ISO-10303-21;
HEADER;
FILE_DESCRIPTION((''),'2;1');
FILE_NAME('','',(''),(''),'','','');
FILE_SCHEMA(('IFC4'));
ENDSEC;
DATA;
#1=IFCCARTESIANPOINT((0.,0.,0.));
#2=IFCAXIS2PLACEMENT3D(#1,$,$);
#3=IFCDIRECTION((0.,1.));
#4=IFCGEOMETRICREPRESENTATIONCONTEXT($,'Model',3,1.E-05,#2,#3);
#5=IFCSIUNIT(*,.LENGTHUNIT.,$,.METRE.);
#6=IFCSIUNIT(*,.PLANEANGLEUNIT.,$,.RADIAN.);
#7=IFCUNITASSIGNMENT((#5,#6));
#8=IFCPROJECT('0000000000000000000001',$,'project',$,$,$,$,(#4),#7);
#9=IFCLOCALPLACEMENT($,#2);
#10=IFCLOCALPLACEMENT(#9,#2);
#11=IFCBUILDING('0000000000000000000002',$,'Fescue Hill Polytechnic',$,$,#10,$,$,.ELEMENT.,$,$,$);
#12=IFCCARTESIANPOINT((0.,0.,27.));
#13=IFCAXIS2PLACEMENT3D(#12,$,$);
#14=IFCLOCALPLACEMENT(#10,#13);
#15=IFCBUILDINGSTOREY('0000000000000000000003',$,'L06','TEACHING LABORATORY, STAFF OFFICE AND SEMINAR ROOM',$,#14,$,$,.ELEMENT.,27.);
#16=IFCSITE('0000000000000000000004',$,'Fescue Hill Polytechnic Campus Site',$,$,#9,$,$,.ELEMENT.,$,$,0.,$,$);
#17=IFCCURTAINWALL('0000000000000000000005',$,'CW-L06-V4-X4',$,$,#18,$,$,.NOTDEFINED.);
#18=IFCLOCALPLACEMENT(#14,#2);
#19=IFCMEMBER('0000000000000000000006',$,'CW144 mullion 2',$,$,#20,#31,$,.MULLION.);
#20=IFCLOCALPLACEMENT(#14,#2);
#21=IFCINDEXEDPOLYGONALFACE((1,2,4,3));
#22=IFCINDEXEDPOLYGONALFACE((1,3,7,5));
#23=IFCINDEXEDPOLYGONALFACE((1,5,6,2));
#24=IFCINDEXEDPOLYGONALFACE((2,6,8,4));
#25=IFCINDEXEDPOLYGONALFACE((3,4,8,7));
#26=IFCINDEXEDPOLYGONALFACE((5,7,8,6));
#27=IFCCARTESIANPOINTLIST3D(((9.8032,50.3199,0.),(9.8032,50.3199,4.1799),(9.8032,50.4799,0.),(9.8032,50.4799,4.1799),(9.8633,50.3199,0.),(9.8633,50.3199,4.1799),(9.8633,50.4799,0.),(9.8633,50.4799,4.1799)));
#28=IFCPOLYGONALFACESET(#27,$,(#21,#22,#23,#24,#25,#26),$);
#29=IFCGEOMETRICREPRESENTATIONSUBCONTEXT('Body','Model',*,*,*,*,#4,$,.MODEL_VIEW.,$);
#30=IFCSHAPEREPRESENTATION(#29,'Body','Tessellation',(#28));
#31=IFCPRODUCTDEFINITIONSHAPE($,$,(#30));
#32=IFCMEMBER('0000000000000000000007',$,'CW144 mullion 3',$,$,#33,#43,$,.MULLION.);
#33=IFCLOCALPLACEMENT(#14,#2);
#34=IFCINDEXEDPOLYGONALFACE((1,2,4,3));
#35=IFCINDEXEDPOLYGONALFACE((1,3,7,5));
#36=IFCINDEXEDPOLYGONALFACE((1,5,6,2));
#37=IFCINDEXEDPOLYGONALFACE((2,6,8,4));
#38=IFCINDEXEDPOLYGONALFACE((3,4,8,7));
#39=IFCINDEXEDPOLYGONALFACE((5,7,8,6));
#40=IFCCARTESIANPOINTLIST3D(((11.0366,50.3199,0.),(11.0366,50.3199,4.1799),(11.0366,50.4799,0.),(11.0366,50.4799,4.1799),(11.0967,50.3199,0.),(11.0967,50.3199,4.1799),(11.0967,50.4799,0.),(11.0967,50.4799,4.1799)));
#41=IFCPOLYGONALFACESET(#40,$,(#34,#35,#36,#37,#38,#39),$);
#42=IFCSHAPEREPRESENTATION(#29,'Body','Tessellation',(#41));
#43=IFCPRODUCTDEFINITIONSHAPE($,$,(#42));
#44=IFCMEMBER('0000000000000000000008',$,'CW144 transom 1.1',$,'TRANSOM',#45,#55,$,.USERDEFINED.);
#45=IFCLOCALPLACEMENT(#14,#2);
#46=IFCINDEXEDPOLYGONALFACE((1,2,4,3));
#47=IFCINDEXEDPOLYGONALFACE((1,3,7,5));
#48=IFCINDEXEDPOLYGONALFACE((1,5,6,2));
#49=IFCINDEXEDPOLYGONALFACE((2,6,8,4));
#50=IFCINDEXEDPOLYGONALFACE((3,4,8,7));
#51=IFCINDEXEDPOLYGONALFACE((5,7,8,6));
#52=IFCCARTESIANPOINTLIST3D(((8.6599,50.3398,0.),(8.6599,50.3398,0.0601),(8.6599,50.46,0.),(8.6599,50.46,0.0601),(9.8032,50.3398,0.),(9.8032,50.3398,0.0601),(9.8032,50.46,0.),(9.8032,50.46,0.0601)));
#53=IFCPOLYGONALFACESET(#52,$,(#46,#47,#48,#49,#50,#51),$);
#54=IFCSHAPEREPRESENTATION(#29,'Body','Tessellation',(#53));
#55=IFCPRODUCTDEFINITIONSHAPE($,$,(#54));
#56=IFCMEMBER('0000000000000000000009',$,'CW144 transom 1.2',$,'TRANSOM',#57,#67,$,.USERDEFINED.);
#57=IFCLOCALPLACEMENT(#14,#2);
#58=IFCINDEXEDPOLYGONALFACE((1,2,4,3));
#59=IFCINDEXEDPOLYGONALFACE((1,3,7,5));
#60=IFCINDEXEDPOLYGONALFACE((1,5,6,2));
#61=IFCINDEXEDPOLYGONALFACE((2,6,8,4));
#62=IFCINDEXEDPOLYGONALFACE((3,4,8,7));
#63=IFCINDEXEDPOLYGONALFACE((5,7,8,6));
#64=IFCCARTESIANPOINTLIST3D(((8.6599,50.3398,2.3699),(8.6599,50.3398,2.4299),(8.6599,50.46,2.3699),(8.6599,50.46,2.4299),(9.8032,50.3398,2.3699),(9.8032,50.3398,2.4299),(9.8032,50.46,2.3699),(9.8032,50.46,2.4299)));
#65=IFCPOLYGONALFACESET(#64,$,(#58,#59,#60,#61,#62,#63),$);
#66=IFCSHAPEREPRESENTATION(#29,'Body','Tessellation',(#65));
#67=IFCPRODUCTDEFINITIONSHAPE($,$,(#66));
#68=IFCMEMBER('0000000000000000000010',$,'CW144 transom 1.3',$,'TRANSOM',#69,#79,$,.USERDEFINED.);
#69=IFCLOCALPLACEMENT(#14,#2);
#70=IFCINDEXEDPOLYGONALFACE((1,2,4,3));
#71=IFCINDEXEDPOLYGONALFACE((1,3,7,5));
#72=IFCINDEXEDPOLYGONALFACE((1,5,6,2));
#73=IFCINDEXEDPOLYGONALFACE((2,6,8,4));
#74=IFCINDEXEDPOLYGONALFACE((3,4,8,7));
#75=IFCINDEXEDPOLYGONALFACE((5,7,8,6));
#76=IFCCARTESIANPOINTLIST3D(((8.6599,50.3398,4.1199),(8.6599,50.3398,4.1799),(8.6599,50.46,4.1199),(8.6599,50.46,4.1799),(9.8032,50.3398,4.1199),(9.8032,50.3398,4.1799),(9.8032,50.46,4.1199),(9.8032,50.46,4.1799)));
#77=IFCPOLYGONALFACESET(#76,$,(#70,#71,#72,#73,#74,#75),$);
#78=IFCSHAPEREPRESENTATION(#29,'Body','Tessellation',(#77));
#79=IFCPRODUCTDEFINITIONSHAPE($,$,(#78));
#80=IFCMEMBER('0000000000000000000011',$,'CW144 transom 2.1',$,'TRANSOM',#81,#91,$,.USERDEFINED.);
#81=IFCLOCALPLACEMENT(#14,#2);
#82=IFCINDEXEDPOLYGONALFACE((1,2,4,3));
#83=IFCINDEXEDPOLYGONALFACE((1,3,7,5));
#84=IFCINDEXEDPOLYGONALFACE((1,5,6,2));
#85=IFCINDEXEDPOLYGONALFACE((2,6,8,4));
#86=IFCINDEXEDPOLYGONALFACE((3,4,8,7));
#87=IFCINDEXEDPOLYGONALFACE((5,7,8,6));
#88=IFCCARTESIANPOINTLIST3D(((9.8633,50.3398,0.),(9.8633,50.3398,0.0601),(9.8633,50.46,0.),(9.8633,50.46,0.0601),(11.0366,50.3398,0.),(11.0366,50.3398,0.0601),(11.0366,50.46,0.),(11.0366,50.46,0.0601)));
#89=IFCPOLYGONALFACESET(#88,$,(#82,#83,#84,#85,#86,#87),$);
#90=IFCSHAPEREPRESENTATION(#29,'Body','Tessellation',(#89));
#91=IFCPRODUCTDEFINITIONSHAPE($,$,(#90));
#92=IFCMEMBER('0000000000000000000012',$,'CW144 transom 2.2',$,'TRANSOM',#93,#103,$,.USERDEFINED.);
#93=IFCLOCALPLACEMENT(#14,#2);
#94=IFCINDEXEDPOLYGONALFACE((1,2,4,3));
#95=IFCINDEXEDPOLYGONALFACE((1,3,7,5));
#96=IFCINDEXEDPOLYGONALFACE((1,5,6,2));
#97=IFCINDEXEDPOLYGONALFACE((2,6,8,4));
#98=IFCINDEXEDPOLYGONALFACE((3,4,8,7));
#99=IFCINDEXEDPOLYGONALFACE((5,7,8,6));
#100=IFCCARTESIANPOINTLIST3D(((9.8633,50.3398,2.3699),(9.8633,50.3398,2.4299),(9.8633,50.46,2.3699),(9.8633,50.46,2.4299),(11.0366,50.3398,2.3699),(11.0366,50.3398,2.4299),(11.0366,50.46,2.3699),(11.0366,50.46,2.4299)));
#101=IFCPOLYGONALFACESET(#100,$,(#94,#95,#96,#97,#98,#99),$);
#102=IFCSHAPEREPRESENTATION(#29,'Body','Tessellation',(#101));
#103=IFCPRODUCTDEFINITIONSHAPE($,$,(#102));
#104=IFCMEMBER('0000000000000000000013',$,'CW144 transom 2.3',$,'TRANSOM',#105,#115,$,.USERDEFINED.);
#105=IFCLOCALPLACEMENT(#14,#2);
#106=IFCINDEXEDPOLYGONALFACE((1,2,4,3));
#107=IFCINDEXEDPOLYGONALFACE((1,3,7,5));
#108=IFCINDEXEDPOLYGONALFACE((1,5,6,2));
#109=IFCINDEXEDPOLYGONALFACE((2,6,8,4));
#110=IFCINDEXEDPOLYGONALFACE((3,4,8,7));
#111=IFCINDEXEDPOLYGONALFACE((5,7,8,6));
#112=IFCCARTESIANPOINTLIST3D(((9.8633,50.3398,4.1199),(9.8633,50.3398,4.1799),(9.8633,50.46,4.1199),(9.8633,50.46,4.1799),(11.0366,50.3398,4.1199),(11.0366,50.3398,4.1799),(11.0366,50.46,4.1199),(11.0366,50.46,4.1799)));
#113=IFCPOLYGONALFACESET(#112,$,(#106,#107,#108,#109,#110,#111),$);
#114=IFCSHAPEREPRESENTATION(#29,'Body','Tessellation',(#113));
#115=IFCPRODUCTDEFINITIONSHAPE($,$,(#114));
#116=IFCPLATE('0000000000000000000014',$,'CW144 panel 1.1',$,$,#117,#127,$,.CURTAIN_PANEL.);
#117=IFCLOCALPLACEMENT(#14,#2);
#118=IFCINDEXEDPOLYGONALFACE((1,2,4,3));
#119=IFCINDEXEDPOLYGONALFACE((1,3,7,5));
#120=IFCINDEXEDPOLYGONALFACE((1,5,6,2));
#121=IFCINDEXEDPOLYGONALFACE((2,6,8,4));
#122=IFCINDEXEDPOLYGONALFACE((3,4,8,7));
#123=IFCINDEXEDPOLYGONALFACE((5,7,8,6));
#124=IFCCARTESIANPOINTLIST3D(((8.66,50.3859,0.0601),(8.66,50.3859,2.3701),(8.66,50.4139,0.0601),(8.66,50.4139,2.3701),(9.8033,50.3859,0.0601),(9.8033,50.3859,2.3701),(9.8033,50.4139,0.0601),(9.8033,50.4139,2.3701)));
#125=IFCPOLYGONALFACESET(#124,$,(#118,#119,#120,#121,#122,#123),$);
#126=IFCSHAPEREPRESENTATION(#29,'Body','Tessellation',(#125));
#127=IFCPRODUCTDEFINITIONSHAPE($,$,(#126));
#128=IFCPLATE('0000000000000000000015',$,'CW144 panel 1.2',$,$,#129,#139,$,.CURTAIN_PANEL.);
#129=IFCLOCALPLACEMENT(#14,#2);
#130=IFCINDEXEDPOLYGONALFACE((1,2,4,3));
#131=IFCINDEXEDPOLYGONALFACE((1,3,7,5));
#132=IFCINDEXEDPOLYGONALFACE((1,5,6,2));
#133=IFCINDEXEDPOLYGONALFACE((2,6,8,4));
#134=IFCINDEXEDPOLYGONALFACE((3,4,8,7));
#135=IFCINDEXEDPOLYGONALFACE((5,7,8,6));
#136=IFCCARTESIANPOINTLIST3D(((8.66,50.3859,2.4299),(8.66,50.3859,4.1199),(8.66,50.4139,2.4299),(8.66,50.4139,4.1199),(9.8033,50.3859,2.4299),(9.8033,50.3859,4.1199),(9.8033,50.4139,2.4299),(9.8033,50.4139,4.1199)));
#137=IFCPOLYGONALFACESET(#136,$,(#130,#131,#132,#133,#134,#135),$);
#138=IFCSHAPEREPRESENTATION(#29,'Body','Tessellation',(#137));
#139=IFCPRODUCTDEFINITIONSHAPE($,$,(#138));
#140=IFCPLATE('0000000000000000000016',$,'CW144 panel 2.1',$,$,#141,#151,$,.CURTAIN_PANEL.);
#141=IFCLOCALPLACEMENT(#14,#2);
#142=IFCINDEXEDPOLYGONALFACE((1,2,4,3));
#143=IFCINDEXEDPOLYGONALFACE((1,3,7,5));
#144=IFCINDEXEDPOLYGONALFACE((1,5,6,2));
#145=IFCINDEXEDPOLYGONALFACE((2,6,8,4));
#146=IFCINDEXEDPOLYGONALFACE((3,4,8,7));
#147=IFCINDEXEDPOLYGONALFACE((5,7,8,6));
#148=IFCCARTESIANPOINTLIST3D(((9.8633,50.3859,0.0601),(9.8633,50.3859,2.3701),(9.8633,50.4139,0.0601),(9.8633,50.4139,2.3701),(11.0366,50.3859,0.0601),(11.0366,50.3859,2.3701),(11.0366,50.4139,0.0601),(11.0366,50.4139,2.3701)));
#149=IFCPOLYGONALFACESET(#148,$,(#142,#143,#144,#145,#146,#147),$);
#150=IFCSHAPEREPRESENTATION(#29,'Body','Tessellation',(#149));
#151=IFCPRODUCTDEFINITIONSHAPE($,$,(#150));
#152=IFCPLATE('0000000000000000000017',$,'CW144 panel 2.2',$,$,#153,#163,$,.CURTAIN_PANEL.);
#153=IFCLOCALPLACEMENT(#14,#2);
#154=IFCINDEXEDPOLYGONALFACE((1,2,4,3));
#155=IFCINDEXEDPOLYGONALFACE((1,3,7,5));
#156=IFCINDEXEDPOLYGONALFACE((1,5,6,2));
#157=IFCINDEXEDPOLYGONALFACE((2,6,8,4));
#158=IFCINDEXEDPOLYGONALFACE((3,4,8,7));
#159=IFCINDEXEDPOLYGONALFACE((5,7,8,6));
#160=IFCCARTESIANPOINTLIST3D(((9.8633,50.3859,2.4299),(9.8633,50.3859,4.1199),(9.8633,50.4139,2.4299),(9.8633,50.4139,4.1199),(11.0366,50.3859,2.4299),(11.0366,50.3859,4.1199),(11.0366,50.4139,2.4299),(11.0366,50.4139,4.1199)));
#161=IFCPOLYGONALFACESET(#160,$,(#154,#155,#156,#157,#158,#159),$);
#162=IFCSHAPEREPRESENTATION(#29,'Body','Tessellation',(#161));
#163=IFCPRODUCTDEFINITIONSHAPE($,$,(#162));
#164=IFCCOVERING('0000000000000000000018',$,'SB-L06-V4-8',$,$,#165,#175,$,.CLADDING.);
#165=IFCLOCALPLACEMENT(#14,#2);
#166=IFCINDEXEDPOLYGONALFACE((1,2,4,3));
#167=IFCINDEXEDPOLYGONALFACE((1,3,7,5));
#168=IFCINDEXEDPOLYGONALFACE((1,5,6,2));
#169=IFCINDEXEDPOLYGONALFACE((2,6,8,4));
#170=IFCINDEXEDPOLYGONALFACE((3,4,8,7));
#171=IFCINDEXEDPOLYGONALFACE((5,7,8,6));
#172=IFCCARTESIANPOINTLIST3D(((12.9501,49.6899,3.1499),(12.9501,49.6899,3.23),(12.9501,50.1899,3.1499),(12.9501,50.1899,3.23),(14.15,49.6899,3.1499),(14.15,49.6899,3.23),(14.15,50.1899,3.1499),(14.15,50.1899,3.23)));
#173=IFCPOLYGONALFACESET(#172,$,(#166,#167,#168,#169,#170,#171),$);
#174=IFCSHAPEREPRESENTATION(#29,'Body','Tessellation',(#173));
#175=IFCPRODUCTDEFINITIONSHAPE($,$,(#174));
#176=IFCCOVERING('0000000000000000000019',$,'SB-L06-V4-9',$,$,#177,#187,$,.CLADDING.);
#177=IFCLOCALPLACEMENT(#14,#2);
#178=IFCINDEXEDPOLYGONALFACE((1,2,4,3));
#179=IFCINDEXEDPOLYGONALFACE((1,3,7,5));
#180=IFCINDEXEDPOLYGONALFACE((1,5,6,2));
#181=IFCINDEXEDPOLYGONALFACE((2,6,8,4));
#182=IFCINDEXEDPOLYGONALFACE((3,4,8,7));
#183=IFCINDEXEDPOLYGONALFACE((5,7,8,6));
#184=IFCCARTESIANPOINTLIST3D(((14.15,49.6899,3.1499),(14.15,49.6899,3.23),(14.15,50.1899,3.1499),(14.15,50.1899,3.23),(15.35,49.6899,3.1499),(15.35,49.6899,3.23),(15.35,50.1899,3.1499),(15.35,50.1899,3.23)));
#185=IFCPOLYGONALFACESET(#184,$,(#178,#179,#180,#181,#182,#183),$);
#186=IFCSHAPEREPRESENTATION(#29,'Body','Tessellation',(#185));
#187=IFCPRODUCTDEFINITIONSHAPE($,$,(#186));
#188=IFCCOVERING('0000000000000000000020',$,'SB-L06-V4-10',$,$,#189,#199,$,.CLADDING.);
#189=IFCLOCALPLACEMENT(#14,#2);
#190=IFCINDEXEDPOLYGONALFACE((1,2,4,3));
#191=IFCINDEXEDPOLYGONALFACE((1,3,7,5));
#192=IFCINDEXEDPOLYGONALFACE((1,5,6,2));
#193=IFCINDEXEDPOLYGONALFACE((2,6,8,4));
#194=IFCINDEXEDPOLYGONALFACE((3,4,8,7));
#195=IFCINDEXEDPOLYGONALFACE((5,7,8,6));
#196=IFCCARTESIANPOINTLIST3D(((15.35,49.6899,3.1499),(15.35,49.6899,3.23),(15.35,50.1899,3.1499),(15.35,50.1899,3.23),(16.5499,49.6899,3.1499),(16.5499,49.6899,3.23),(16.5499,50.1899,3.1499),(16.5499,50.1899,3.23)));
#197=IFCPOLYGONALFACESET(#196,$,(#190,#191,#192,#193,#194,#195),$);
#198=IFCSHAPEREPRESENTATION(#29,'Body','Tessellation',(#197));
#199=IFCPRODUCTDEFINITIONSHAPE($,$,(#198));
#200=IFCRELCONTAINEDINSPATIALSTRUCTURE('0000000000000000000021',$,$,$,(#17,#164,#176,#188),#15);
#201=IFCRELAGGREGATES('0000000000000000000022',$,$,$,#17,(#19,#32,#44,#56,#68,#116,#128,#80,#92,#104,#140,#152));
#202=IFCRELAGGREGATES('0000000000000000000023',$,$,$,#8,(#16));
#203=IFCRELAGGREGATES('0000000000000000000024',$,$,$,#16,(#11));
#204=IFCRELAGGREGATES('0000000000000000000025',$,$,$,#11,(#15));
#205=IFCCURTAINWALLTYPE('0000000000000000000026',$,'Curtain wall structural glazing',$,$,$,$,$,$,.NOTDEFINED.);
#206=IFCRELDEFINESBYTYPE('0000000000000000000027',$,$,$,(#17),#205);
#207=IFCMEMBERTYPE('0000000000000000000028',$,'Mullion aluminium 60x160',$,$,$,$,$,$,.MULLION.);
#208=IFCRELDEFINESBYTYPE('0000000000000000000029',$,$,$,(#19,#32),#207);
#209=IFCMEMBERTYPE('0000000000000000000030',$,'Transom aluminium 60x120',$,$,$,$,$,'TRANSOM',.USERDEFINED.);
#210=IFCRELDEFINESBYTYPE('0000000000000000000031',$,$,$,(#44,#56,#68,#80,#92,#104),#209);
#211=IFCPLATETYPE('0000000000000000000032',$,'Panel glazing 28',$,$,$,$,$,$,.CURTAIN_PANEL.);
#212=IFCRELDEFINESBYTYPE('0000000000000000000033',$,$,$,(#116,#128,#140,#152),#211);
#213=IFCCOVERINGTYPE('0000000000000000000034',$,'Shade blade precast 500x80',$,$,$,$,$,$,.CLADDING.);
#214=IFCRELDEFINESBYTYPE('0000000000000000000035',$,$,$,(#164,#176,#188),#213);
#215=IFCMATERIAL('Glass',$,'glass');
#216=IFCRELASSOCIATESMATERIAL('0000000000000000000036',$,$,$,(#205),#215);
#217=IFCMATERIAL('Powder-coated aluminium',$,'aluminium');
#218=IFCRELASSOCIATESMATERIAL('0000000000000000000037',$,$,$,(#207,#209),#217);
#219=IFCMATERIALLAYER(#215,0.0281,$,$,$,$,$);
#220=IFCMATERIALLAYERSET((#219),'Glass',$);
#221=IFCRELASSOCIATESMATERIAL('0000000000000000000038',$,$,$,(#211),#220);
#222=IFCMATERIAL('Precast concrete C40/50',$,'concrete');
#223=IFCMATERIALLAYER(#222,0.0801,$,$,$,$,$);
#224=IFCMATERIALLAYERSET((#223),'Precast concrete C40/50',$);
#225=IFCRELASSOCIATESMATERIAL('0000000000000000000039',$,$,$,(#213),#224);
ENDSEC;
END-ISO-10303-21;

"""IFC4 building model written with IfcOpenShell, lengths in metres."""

from ifc_helpers import new_model, si_unit, direction, frame, origin, origin_2d, place, context, subcontext, project, spatial, rectangle, extrude, material, layer, layer_set, material_profile, profile_set, type_object, element, aggregate, save


model = new_model("IFC4")

# Units and contexts
model_context = context("Model", 3, precision=1e-05, world=origin(), true_north=direction((0.0, 1.0)))
body_context = subcontext(model_context, "Body", "Model", "MODEL_VIEW")
ifc_project = project(units=[si_unit("LENGTHUNIT", "METRE"), si_unit("PLANEANGLEUNIT", "RADIAN")], contexts=[model_context])

# Site, building, storey
site_placement = place(None, origin())
site = spatial("IfcSite", under=ifc_project, at=site_placement, Name="Fescue Hill Polytechnic Campus Site", CompositionType="ELEMENT", RefElevation=0.0)
building_placement = place(site_placement, origin())
building = spatial("IfcBuilding", under=site, at=building_placement, Name="Fescue Hill Polytechnic", CompositionType="ELEMENT")
storey_placement = place(building_placement, frame((0.0, 0.0, 27.0)))
storey = spatial("IfcBuildingStorey", under=building, at=storey_placement, Name="L06", Description="TEACHING LABORATORY, STAFF OFFICE AND SEMINAR ROOM", CompositionType="ELEMENT", Elevation=27.0)

# Curtain wall, members, plates
ifc_material_1 = material(Name="Glass", Category="glass")
curtain_wall_type = type_object("IfcCurtainWallType", Name="Curtain wall structural glazing", PredefinedType="NOTDEFINED", material=ifc_material_1)
curtain_wall_placement = place(storey_placement, origin())
curtain_wall = element("IfcCurtainWall", 1, at=curtain_wall_placement, inside=storey, type_object=curtain_wall_type, Name="CW-L06-V4-X4", PredefinedType="NOTDEFINED")
ifc_material_2 = material(Name="Powder-coated aluminium", Category="aluminium")
ifc_material_profile_1 = material_profile(ifc_material_2, rectangle(XDim=0.1599, YDim=0.0601, at=origin_2d()), Name="Mullion aluminium 60x160")
ifc_profile_set_1 = profile_set([ifc_material_profile_1], Name="Powder-coated aluminium")
member_type_1 = type_object("IfcMemberType", Name="Mullion aluminium 60x160", PredefinedType="MULLION", material=ifc_profile_set_1)
member_1_placement = place(storey_placement, frame((9.8333, 50.3999, 0.0), z_axis=(0.0, 0.0, 1.0), x_axis=(0.0, 1.0, 0.0)))
member_1 = element("IfcMember", 2, at=member_1_placement, type_object=member_type_1, Name="CW144 mullion 2", PredefinedType="MULLION", context=body_context, shape_type="SweptSolid", body=[
    extrude(rectangle(XDim=0.1599, YDim=0.0601, at=origin_2d()), origin(), (0.0, 0.0, 1.0), 4.1799),
])
member_2_placement = place(storey_placement, frame((11.0667, 50.3999, 0.0), z_axis=(0.0, 0.0, 1.0), x_axis=(0.0, 1.0, 0.0)))
member_2 = element("IfcMember", 3, at=member_2_placement, type_object=member_type_1, Name="CW144 mullion 3", PredefinedType="MULLION", context=body_context, shape_type="SweptSolid", body=[
    extrude(rectangle(XDim=0.1599, YDim=0.0601, at=origin_2d()), origin(), (0.0, 0.0, 1.0), 4.1799),
])
ifc_material_profile_2 = material_profile(ifc_material_2, rectangle(XDim=0.1201, YDim=0.0601, at=origin_2d()), Name="Transom aluminium 60x120")
ifc_profile_set_2 = profile_set([ifc_material_profile_2], Name="Powder-coated aluminium")
member_type_2 = type_object("IfcMemberType", Name="Transom aluminium 60x120", ElementType="TRANSOM", PredefinedType="USERDEFINED", material=ifc_profile_set_2)
member_3_placement = place(storey_placement, frame((8.6599, 50.3999, 0.03), z_axis=(1.0, 0.0, 0.0), x_axis=(0.0, 1.0, 0.0)))
member_3 = element("IfcMember", 4, at=member_3_placement, type_object=member_type_2, Name="CW144 transom 1.1", ObjectType="TRANSOM", PredefinedType="USERDEFINED", context=body_context, shape_type="SweptSolid", body=[
    extrude(rectangle(XDim=0.1201, YDim=0.0601, at=origin_2d()), origin(), (0.0, 0.0, 1.0), 1.1433),
])
member_4_placement = place(storey_placement, frame((8.6599, 50.3999, 2.3999), z_axis=(1.0, 0.0, 0.0), x_axis=(0.0, 1.0, 0.0)))
member_4 = element("IfcMember", 5, at=member_4_placement, type_object=member_type_2, Name="CW144 transom 1.2", ObjectType="TRANSOM", PredefinedType="USERDEFINED", context=body_context, shape_type="SweptSolid", body=[
    extrude(rectangle(XDim=0.1201, YDim=0.0601, at=origin_2d()), origin(), (0.0, 0.0, 1.0), 1.1433),
])
member_5_placement = place(storey_placement, frame((8.6599, 50.3999, 4.1499), z_axis=(1.0, 0.0, 0.0), x_axis=(0.0, 1.0, 0.0)))
member_5 = element("IfcMember", 6, at=member_5_placement, type_object=member_type_2, Name="CW144 transom 1.3", ObjectType="TRANSOM", PredefinedType="USERDEFINED", context=body_context, shape_type="SweptSolid", body=[
    extrude(rectangle(XDim=0.1201, YDim=0.0601, at=origin_2d()), origin(), (0.0, 0.0, 1.0), 1.1433),
])
member_6_placement = place(storey_placement, frame((9.8633, 50.3999, 0.03), z_axis=(1.0, 0.0, 0.0), x_axis=(0.0, 1.0, 0.0)))
member_6 = element("IfcMember", 7, at=member_6_placement, type_object=member_type_2, Name="CW144 transom 2.1", ObjectType="TRANSOM", PredefinedType="USERDEFINED", context=body_context, shape_type="SweptSolid", body=[
    extrude(rectangle(XDim=0.1201, YDim=0.0601, at=origin_2d()), origin(), (0.0, 0.0, 1.0), 1.1733),
])
member_7_placement = place(storey_placement, frame((9.8633, 50.3999, 2.3999), z_axis=(1.0, 0.0, 0.0), x_axis=(0.0, 1.0, 0.0)))
member_7 = element("IfcMember", 8, at=member_7_placement, type_object=member_type_2, Name="CW144 transom 2.2", ObjectType="TRANSOM", PredefinedType="USERDEFINED", context=body_context, shape_type="SweptSolid", body=[
    extrude(rectangle(XDim=0.1201, YDim=0.0601, at=origin_2d()), origin(), (0.0, 0.0, 1.0), 1.1733),
])
member_8_placement = place(storey_placement, frame((9.8633, 50.3999, 4.1499), z_axis=(1.0, 0.0, 0.0), x_axis=(0.0, 1.0, 0.0)))
member_8 = element("IfcMember", 9, at=member_8_placement, type_object=member_type_2, Name="CW144 transom 2.3", ObjectType="TRANSOM", PredefinedType="USERDEFINED", context=body_context, shape_type="SweptSolid", body=[
    extrude(rectangle(XDim=0.1201, YDim=0.0601, at=origin_2d()), origin(), (0.0, 0.0, 1.0), 1.1733),
])
ifc_layer_1 = layer(ifc_material_1, 0.0281)
ifc_layer_set_1 = layer_set([ifc_layer_1], Name="Glass")
plate_type = type_object("IfcPlateType", Name="Panel glazing 28", PredefinedType="CURTAIN_PANEL", material=ifc_layer_set_1)
plate_1_placement = place(storey_placement, frame((9.2317, 50.3999, 0.0601), z_axis=(0.0, 0.0, 1.0), x_axis=(1.0, 0.0, 0.0)))
plate_1 = element("IfcPlate", 10, at=plate_1_placement, type_object=plate_type, Name="CW144 panel 1.1", PredefinedType="CURTAIN_PANEL", context=body_context, shape_type="SweptSolid", body=[
    extrude(rectangle(XDim=1.1433, YDim=0.0281, at=origin_2d()), origin(), (0.0, 0.0, 1.0), 2.3101),
])
plate_2_placement = place(storey_placement, frame((9.2317, 50.3999, 2.4299), z_axis=(0.0, 0.0, 1.0), x_axis=(1.0, 0.0, 0.0)))
plate_2 = element("IfcPlate", 11, at=plate_2_placement, type_object=plate_type, Name="CW144 panel 1.2", PredefinedType="CURTAIN_PANEL", context=body_context, shape_type="SweptSolid", body=[
    extrude(rectangle(XDim=1.1433, YDim=0.0281, at=origin_2d()), origin(), (0.0, 0.0, 1.0), 1.6899),
])
plate_3_placement = place(storey_placement, frame((10.45, 50.3999, 0.0601), z_axis=(0.0, 0.0, 1.0), x_axis=(1.0, 0.0, 0.0)))
plate_3 = element("IfcPlate", 12, at=plate_3_placement, type_object=plate_type, Name="CW144 panel 2.1", PredefinedType="CURTAIN_PANEL", context=body_context, shape_type="SweptSolid", body=[
    extrude(rectangle(XDim=1.1733, YDim=0.0281, at=origin_2d()), origin(), (0.0, 0.0, 1.0), 2.3101),
])
plate_4_placement = place(storey_placement, frame((10.45, 50.3999, 2.4299), z_axis=(0.0, 0.0, 1.0), x_axis=(1.0, 0.0, 0.0)))
plate_4 = element("IfcPlate", 13, at=plate_4_placement, type_object=plate_type, Name="CW144 panel 2.2", PredefinedType="CURTAIN_PANEL", context=body_context, shape_type="SweptSolid", body=[
    extrude(rectangle(XDim=1.1733, YDim=0.0281, at=origin_2d()), origin(), (0.0, 0.0, 1.0), 1.6899),
])
aggregate(curtain_wall, [member_1, member_2, member_3, member_4, member_5, plate_1, plate_2, member_6, member_7, member_8, plate_3, plate_4])

# Coverings
ifc_material_3 = material(Name="Precast concrete C40/50", Category="concrete")
ifc_layer_2 = layer(ifc_material_3, 0.0801)
ifc_layer_set_2 = layer_set([ifc_layer_2], Name="Precast concrete C40/50")
covering_type = type_object("IfcCoveringType", Name="Shade blade precast 500x80", PredefinedType="CLADDING", material=ifc_layer_set_2)
for number, where, z_axis, x_axis, name in (
    (14, (13.55, 49.9399, 3.1499), (0.0, 0.0, 1.0), (1.0, 0.0, 0.0), "SB-L06-V4-8"),
    (15, (14.75, 49.9399, 3.1499), (0.0, 0.0, 1.0), (1.0, 0.0, 0.0), "SB-L06-V4-9"),
    (16, (15.95, 49.9399, 3.1499), (0.0, 0.0, 1.0), (1.0, 0.0, 0.0), "SB-L06-V4-10"),
):
    element("IfcCovering", number, at=place(storey_placement, frame(where, z_axis=z_axis, x_axis=x_axis)), inside=storey, type_object=covering_type, Name=name, PredefinedType="CLADDING", context=body_context, shape_type="SweptSolid", body=[
        extrude(rectangle(XDim=1.2, YDim=0.5, at=origin_2d()), origin(), (0.0, 0.0, 1.0), 0.0801),
    ])

save(model, "model.ifc")
